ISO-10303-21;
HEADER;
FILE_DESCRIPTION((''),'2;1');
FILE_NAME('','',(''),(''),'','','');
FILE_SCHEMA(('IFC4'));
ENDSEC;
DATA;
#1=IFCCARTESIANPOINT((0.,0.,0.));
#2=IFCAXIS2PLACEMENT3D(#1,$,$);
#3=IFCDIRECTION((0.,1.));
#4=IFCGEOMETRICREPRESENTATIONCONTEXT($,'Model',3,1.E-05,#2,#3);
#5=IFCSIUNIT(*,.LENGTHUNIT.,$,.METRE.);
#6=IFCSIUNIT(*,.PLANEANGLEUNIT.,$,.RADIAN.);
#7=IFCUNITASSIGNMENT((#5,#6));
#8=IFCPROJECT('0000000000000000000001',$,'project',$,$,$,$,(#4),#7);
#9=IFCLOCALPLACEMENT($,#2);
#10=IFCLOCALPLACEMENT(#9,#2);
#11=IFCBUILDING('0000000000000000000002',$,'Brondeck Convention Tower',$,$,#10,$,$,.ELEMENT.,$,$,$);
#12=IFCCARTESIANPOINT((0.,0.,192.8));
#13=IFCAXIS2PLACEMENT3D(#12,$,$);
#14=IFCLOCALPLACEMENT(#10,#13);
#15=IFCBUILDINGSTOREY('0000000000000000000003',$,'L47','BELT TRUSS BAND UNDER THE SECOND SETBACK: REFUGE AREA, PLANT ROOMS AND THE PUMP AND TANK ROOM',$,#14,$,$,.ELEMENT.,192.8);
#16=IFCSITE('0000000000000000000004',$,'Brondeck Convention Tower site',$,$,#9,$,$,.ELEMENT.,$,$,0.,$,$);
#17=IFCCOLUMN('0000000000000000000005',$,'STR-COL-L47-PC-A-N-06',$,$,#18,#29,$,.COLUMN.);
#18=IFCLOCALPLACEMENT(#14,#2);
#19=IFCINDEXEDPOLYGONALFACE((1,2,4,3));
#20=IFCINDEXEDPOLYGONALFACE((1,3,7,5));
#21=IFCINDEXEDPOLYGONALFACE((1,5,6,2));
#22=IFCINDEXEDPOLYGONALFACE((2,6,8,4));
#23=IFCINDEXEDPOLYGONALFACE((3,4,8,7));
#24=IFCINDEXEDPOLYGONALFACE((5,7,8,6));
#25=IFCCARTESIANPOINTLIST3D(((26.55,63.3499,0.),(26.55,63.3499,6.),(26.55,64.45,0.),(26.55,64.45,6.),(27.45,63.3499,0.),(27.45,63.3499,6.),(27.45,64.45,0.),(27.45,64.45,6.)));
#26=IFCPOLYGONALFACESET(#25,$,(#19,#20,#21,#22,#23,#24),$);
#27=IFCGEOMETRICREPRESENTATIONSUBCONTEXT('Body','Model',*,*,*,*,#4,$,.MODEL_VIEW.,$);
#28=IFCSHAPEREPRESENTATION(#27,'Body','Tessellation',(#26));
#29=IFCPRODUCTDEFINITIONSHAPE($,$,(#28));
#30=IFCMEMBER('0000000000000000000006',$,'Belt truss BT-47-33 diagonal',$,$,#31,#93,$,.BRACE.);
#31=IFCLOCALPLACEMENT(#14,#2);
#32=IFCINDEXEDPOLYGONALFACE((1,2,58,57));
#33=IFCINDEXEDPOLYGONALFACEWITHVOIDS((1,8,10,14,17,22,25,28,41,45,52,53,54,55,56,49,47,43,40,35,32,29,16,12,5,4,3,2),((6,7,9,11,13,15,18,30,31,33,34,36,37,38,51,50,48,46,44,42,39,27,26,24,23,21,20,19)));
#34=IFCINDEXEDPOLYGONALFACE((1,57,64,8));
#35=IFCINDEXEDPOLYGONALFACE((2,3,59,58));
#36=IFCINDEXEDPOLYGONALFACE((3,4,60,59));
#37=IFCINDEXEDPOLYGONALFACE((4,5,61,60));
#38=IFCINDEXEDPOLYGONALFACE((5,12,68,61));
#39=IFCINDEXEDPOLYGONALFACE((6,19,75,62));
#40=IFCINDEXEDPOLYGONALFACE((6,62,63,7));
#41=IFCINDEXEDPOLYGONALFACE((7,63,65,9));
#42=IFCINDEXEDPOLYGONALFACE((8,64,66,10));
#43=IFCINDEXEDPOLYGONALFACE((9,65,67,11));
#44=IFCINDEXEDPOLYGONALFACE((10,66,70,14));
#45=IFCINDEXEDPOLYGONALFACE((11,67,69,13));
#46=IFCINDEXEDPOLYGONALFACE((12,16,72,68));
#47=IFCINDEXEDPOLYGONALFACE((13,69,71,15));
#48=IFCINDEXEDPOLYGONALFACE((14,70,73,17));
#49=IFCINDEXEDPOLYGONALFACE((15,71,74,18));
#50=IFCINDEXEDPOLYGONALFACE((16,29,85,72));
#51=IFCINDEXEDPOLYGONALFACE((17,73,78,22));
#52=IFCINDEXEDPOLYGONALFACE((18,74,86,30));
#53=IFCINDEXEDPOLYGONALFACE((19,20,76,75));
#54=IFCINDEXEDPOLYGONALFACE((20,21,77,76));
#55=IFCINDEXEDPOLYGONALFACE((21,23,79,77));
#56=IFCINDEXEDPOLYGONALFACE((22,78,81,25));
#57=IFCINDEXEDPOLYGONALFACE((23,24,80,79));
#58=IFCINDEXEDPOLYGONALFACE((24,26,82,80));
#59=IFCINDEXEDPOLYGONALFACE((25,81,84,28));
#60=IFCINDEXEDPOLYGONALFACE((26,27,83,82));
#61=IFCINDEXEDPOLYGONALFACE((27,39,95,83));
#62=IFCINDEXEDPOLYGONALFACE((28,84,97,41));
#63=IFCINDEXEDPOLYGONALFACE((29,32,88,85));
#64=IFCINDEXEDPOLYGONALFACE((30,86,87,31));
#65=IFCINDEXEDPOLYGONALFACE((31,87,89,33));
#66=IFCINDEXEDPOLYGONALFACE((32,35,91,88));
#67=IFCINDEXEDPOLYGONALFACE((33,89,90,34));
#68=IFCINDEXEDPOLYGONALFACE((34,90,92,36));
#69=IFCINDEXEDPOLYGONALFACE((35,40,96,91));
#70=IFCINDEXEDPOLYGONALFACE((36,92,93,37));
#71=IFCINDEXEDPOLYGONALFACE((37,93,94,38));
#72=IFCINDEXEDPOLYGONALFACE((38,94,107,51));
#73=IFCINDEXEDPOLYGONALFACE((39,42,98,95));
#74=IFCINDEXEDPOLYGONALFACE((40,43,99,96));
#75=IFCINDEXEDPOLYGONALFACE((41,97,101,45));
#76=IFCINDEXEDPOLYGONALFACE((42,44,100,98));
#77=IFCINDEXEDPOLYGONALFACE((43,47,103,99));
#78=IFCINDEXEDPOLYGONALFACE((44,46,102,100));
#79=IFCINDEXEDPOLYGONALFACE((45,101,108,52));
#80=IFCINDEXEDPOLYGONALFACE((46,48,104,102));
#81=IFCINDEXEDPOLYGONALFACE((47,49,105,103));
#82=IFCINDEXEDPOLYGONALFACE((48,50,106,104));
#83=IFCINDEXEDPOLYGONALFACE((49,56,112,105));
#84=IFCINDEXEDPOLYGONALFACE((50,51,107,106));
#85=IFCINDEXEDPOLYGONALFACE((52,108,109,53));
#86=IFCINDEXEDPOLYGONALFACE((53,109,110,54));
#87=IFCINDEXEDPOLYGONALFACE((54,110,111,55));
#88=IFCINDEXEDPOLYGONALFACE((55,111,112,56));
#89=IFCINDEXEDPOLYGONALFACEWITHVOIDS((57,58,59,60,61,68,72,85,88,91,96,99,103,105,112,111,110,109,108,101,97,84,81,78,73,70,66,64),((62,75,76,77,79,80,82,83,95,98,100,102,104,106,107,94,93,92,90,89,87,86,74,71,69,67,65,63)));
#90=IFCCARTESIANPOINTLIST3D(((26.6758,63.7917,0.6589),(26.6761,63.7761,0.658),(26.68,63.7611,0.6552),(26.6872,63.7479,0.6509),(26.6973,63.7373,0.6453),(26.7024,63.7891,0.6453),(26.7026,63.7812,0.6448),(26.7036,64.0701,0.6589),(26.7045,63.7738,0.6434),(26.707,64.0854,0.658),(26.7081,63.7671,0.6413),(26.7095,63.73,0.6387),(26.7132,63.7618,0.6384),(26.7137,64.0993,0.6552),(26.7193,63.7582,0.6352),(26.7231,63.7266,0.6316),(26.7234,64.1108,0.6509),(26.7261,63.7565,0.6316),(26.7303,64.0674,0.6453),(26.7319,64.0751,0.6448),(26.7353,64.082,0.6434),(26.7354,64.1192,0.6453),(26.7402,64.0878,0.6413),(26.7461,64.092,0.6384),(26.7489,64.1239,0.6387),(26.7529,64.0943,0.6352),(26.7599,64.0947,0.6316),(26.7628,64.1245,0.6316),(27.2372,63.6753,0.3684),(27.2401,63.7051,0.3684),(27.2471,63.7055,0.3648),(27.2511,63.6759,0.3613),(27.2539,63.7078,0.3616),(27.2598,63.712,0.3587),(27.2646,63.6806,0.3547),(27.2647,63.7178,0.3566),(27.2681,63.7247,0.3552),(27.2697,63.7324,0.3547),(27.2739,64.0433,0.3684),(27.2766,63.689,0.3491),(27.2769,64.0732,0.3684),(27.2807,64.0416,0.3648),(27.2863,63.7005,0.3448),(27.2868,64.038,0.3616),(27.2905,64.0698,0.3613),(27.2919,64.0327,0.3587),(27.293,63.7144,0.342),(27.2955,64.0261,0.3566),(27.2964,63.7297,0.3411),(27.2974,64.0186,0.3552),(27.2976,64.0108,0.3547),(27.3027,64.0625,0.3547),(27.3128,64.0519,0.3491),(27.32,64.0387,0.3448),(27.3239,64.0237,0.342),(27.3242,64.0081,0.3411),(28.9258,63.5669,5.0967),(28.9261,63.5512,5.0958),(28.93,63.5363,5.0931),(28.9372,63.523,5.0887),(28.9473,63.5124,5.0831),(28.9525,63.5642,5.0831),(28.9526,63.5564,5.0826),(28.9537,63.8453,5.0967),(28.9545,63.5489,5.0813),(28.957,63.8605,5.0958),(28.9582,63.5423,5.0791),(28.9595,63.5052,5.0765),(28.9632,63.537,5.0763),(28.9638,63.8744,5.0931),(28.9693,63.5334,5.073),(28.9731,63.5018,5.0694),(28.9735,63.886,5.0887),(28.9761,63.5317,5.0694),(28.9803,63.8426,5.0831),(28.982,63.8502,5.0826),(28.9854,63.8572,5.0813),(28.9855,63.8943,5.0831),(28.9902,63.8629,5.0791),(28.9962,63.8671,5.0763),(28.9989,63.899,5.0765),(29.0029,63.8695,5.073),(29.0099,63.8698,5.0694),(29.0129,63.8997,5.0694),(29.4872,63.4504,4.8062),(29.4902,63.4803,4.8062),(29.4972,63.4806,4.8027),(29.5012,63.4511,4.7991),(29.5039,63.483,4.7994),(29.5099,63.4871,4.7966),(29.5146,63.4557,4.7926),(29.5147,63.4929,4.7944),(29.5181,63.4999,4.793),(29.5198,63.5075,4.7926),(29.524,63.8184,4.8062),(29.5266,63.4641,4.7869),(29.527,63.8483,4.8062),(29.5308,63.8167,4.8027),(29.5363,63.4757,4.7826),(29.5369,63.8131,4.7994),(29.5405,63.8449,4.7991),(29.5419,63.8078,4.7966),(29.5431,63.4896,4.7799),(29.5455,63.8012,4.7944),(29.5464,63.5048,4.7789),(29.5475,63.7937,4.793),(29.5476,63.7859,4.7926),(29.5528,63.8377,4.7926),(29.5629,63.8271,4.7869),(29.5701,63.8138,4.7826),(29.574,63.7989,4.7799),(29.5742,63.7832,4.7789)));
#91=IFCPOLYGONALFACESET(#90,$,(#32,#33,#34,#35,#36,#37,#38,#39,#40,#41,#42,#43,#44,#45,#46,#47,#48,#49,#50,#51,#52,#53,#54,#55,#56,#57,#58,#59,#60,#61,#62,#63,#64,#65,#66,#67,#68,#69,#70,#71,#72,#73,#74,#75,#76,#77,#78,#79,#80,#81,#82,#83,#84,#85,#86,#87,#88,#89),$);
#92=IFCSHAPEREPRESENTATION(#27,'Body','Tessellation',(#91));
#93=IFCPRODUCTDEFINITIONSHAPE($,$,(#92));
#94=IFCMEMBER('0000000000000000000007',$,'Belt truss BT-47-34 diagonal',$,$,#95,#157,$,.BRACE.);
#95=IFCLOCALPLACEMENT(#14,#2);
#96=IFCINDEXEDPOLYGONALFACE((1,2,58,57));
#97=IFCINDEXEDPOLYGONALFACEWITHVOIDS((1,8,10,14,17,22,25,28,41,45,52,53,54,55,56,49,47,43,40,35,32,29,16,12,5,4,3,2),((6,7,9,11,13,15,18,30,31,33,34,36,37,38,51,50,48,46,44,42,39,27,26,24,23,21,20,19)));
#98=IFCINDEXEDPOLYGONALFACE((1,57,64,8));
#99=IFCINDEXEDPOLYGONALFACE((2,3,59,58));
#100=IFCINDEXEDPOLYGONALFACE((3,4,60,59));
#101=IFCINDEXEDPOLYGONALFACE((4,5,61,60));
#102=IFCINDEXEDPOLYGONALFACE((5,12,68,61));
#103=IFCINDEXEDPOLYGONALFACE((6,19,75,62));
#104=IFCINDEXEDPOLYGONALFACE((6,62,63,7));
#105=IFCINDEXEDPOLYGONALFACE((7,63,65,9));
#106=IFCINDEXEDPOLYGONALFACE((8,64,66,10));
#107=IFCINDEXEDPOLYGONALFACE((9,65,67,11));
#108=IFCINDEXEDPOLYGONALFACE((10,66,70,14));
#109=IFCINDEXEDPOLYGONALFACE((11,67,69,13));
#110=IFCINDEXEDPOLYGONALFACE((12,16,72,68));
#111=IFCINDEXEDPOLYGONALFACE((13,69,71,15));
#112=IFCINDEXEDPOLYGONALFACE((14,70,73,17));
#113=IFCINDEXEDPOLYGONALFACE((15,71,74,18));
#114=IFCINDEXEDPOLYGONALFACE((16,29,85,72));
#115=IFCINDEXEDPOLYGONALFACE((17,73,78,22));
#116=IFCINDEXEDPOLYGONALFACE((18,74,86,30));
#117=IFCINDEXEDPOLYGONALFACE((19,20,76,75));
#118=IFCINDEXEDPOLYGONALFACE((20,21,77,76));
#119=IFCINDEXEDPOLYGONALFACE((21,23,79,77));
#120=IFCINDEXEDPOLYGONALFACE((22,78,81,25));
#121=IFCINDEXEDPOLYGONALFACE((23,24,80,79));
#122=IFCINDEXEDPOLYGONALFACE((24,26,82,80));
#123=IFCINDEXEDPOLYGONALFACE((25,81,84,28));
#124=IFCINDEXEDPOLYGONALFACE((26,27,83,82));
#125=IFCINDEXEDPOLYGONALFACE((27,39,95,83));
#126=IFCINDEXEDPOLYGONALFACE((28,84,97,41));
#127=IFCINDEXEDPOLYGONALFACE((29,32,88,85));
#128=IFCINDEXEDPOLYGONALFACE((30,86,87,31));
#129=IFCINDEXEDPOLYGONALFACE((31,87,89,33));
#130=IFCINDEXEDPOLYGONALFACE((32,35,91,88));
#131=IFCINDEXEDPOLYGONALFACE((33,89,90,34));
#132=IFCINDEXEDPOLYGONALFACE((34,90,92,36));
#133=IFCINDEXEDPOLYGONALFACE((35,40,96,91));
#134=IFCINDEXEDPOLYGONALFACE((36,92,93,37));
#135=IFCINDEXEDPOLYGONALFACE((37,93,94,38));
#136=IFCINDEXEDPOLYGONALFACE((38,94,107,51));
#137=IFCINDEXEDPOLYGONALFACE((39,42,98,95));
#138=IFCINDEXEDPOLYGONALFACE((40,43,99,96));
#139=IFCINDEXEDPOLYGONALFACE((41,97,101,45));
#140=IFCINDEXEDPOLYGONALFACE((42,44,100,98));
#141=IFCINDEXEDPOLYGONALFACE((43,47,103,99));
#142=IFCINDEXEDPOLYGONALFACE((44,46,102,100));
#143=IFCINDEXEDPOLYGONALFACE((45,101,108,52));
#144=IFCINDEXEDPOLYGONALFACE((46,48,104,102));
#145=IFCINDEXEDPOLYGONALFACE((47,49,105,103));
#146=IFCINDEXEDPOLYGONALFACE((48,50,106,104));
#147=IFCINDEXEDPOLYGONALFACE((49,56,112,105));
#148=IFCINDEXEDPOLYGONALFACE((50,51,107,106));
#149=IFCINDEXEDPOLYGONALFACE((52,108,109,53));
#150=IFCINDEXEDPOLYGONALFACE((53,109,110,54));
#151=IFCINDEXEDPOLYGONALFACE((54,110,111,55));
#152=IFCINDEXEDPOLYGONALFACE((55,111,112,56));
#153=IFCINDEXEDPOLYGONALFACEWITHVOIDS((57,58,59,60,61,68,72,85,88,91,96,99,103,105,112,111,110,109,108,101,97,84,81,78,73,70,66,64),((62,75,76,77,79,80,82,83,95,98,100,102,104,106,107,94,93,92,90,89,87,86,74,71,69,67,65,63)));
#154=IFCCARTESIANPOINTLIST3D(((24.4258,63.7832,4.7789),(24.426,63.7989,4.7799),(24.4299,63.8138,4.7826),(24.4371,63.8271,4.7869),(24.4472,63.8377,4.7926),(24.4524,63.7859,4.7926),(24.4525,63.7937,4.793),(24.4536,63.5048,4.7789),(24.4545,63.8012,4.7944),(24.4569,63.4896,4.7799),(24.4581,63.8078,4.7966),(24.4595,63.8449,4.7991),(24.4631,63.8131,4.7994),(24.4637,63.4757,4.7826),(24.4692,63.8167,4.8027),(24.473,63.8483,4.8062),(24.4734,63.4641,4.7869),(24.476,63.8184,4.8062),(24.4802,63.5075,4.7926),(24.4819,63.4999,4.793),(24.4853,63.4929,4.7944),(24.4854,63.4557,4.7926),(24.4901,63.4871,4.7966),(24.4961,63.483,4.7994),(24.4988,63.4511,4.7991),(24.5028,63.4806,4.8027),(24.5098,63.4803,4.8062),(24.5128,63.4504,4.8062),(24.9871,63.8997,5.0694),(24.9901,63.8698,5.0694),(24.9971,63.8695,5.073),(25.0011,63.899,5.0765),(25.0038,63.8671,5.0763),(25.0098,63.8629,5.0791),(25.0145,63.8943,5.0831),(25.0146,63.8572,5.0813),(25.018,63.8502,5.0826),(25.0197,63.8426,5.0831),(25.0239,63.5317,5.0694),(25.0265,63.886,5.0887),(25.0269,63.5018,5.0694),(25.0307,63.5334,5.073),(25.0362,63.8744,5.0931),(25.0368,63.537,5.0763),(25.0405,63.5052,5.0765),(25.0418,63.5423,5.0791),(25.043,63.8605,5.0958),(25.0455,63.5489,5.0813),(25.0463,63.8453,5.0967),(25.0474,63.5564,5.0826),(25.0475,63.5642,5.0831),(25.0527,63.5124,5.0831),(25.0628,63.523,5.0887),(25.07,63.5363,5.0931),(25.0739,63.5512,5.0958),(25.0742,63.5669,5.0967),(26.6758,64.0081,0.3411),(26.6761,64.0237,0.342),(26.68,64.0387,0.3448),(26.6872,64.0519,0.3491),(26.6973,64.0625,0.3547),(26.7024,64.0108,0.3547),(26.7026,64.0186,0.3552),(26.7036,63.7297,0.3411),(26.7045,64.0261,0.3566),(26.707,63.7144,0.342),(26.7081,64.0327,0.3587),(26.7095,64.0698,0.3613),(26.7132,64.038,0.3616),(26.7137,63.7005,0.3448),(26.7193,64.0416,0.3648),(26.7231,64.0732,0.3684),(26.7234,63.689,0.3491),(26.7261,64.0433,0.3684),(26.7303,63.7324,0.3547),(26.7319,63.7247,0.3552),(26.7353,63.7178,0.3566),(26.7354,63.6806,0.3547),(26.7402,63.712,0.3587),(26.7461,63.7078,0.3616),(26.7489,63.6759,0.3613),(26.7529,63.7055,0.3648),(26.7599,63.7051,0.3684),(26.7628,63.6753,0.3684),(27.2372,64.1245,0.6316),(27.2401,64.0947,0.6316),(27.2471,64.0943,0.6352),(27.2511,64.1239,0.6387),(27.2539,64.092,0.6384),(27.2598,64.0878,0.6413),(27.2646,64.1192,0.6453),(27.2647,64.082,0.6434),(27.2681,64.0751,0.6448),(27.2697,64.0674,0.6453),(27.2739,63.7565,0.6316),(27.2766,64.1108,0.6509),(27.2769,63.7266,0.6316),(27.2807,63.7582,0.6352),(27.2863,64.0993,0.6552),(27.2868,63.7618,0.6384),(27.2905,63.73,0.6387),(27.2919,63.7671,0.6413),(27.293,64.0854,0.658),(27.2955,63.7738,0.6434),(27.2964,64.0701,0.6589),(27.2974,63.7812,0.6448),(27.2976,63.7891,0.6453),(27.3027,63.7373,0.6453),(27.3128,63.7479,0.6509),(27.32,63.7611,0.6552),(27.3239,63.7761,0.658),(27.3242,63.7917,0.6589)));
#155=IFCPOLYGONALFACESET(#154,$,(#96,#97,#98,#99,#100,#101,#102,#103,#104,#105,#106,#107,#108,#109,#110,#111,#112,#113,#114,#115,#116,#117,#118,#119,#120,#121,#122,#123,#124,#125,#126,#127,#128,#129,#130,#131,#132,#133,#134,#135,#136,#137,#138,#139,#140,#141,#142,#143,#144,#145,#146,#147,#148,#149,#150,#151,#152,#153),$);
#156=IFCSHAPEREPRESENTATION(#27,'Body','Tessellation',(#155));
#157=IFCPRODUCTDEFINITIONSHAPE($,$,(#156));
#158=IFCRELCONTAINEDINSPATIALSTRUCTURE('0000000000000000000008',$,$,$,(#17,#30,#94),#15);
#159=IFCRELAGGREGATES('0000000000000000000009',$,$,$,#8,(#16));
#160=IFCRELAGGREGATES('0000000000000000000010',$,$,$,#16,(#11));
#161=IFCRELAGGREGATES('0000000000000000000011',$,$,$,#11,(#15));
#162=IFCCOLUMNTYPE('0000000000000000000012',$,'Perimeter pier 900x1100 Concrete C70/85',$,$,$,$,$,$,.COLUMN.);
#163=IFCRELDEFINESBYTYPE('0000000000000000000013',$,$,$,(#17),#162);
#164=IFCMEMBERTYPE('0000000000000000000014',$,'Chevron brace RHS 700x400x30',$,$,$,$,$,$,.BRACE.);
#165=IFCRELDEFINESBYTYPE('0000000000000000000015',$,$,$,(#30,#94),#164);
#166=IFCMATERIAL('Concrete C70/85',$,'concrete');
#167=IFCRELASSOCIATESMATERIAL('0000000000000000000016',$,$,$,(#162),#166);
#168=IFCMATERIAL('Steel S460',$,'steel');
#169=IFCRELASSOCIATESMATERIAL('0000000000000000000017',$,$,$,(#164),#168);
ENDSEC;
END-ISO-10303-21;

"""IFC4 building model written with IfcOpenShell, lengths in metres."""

from ifc_helpers import new_model, si_unit, direction, frame, origin, origin_2d, place, context, subcontext, project, spatial, rectangle, hollow_rectangle, extrude, material, material_profile, profile_set, type_object, element, save


model = new_model("IFC4")

# Units and contexts
model_context = context("Model", 3, precision=1e-05, world=origin(), true_north=direction((0.0, 1.0)))
body_context = subcontext(model_context, "Body", "Model", "MODEL_VIEW")
ifc_project = project(units=[si_unit("LENGTHUNIT", "METRE"), si_unit("PLANEANGLEUNIT", "RADIAN")], contexts=[model_context])

# Site, building, storey
site_placement = place(None, origin())
site = spatial("IfcSite", under=ifc_project, at=site_placement, Name="Brondeck Convention Tower site", CompositionType="ELEMENT", RefElevation=0.0)
building_placement = place(site_placement, origin())
building = spatial("IfcBuilding", under=site, at=building_placement, Name="Brondeck Convention Tower", CompositionType="ELEMENT")
storey_placement = place(building_placement, frame((0.0, 0.0, 192.8)))
storey = spatial("IfcBuildingStorey", under=building, at=storey_placement, Name="L47", Description="BELT TRUSS BAND UNDER THE SECOND SETBACK: REFUGE AREA, PLANT ROOMS AND THE PUMP AND TANK ROOM", CompositionType="ELEMENT", Elevation=192.8)

# Column
ifc_material_1 = material(Name="Concrete C70/85", Category="concrete")
ifc_material_profile_1 = material_profile(ifc_material_1, rectangle(XDim=0.8999, YDim=1.1001, at=origin_2d()), Name="Perimeter pier 900x1100 Concrete C70/85")
ifc_profile_set_1 = profile_set([ifc_material_profile_1], Name="Concrete C70/85")
column_type = type_object("IfcColumnType", Name="Perimeter pier 900x1100 Concrete C70/85", PredefinedType="COLUMN", material=ifc_profile_set_1)
column_placement = place(storey_placement, frame((27.0, 63.8999, 0.0), z_axis=(0.0, 0.0, 1.0), x_axis=(-1.0, 0.0, 0.0)))
element("IfcColumn", 1, at=column_placement, inside=storey, type_object=column_type, Name="STR-COL-L47-PC-A-N-06", PredefinedType="COLUMN", context=body_context, shape_type="SweptSolid", body=[
    extrude(rectangle(XDim=0.8999, YDim=1.1001, at=origin_2d()), origin(), (0.0, 0.0, 1.0), 6.0),
])

# Members
ifc_material_2 = material(Name="Steel S460", Category="steel")
ifc_material_profile_2 = material_profile(ifc_material_2, hollow_rectangle(XDim=0.3999, YDim=0.7, WallThickness=0.03, InnerFilletRadius=0.03, OuterFilletRadius=0.0601, at=origin_2d()), Name="RHS 700x400x30")
ifc_profile_set_2 = profile_set([ifc_material_profile_2], Name="Steel S460")
member_type_1 = type_object("IfcMemberType", Name="Chevron brace RHS 700x400x30", PredefinedType="BRACE", material=ifc_profile_set_2)
for number, where, z_axis, x_axis, name in (
    (2, (27.0, 63.8999, 0.5), (0.45175, -0.045146, 0.891001), (0.09944, 0.995044, 0.0), "Belt truss BT-47-33 diagonal"),
    (3, (27.0, 63.8999, 0.5), (-0.45175, -0.045146, 0.891001), (0.09944, -0.995044, 0.0), "Belt truss BT-47-34 diagonal"),
):
    element("IfcMember", number, at=place(storey_placement, frame(where, z_axis=z_axis, x_axis=x_axis)), inside=storey, type_object=member_type_1, Name=name, PredefinedType="BRACE", context=body_context, shape_type="SweptSolid", body=[
        extrude(hollow_rectangle(XDim=0.3999, YDim=0.7, WallThickness=0.03, InnerFilletRadius=0.03, OuterFilletRadius=0.0601, at=origin_2d()), origin(), (0.0, 0.0, 1.0), 4.9807),
    ])

save(model, "model.ifc")
